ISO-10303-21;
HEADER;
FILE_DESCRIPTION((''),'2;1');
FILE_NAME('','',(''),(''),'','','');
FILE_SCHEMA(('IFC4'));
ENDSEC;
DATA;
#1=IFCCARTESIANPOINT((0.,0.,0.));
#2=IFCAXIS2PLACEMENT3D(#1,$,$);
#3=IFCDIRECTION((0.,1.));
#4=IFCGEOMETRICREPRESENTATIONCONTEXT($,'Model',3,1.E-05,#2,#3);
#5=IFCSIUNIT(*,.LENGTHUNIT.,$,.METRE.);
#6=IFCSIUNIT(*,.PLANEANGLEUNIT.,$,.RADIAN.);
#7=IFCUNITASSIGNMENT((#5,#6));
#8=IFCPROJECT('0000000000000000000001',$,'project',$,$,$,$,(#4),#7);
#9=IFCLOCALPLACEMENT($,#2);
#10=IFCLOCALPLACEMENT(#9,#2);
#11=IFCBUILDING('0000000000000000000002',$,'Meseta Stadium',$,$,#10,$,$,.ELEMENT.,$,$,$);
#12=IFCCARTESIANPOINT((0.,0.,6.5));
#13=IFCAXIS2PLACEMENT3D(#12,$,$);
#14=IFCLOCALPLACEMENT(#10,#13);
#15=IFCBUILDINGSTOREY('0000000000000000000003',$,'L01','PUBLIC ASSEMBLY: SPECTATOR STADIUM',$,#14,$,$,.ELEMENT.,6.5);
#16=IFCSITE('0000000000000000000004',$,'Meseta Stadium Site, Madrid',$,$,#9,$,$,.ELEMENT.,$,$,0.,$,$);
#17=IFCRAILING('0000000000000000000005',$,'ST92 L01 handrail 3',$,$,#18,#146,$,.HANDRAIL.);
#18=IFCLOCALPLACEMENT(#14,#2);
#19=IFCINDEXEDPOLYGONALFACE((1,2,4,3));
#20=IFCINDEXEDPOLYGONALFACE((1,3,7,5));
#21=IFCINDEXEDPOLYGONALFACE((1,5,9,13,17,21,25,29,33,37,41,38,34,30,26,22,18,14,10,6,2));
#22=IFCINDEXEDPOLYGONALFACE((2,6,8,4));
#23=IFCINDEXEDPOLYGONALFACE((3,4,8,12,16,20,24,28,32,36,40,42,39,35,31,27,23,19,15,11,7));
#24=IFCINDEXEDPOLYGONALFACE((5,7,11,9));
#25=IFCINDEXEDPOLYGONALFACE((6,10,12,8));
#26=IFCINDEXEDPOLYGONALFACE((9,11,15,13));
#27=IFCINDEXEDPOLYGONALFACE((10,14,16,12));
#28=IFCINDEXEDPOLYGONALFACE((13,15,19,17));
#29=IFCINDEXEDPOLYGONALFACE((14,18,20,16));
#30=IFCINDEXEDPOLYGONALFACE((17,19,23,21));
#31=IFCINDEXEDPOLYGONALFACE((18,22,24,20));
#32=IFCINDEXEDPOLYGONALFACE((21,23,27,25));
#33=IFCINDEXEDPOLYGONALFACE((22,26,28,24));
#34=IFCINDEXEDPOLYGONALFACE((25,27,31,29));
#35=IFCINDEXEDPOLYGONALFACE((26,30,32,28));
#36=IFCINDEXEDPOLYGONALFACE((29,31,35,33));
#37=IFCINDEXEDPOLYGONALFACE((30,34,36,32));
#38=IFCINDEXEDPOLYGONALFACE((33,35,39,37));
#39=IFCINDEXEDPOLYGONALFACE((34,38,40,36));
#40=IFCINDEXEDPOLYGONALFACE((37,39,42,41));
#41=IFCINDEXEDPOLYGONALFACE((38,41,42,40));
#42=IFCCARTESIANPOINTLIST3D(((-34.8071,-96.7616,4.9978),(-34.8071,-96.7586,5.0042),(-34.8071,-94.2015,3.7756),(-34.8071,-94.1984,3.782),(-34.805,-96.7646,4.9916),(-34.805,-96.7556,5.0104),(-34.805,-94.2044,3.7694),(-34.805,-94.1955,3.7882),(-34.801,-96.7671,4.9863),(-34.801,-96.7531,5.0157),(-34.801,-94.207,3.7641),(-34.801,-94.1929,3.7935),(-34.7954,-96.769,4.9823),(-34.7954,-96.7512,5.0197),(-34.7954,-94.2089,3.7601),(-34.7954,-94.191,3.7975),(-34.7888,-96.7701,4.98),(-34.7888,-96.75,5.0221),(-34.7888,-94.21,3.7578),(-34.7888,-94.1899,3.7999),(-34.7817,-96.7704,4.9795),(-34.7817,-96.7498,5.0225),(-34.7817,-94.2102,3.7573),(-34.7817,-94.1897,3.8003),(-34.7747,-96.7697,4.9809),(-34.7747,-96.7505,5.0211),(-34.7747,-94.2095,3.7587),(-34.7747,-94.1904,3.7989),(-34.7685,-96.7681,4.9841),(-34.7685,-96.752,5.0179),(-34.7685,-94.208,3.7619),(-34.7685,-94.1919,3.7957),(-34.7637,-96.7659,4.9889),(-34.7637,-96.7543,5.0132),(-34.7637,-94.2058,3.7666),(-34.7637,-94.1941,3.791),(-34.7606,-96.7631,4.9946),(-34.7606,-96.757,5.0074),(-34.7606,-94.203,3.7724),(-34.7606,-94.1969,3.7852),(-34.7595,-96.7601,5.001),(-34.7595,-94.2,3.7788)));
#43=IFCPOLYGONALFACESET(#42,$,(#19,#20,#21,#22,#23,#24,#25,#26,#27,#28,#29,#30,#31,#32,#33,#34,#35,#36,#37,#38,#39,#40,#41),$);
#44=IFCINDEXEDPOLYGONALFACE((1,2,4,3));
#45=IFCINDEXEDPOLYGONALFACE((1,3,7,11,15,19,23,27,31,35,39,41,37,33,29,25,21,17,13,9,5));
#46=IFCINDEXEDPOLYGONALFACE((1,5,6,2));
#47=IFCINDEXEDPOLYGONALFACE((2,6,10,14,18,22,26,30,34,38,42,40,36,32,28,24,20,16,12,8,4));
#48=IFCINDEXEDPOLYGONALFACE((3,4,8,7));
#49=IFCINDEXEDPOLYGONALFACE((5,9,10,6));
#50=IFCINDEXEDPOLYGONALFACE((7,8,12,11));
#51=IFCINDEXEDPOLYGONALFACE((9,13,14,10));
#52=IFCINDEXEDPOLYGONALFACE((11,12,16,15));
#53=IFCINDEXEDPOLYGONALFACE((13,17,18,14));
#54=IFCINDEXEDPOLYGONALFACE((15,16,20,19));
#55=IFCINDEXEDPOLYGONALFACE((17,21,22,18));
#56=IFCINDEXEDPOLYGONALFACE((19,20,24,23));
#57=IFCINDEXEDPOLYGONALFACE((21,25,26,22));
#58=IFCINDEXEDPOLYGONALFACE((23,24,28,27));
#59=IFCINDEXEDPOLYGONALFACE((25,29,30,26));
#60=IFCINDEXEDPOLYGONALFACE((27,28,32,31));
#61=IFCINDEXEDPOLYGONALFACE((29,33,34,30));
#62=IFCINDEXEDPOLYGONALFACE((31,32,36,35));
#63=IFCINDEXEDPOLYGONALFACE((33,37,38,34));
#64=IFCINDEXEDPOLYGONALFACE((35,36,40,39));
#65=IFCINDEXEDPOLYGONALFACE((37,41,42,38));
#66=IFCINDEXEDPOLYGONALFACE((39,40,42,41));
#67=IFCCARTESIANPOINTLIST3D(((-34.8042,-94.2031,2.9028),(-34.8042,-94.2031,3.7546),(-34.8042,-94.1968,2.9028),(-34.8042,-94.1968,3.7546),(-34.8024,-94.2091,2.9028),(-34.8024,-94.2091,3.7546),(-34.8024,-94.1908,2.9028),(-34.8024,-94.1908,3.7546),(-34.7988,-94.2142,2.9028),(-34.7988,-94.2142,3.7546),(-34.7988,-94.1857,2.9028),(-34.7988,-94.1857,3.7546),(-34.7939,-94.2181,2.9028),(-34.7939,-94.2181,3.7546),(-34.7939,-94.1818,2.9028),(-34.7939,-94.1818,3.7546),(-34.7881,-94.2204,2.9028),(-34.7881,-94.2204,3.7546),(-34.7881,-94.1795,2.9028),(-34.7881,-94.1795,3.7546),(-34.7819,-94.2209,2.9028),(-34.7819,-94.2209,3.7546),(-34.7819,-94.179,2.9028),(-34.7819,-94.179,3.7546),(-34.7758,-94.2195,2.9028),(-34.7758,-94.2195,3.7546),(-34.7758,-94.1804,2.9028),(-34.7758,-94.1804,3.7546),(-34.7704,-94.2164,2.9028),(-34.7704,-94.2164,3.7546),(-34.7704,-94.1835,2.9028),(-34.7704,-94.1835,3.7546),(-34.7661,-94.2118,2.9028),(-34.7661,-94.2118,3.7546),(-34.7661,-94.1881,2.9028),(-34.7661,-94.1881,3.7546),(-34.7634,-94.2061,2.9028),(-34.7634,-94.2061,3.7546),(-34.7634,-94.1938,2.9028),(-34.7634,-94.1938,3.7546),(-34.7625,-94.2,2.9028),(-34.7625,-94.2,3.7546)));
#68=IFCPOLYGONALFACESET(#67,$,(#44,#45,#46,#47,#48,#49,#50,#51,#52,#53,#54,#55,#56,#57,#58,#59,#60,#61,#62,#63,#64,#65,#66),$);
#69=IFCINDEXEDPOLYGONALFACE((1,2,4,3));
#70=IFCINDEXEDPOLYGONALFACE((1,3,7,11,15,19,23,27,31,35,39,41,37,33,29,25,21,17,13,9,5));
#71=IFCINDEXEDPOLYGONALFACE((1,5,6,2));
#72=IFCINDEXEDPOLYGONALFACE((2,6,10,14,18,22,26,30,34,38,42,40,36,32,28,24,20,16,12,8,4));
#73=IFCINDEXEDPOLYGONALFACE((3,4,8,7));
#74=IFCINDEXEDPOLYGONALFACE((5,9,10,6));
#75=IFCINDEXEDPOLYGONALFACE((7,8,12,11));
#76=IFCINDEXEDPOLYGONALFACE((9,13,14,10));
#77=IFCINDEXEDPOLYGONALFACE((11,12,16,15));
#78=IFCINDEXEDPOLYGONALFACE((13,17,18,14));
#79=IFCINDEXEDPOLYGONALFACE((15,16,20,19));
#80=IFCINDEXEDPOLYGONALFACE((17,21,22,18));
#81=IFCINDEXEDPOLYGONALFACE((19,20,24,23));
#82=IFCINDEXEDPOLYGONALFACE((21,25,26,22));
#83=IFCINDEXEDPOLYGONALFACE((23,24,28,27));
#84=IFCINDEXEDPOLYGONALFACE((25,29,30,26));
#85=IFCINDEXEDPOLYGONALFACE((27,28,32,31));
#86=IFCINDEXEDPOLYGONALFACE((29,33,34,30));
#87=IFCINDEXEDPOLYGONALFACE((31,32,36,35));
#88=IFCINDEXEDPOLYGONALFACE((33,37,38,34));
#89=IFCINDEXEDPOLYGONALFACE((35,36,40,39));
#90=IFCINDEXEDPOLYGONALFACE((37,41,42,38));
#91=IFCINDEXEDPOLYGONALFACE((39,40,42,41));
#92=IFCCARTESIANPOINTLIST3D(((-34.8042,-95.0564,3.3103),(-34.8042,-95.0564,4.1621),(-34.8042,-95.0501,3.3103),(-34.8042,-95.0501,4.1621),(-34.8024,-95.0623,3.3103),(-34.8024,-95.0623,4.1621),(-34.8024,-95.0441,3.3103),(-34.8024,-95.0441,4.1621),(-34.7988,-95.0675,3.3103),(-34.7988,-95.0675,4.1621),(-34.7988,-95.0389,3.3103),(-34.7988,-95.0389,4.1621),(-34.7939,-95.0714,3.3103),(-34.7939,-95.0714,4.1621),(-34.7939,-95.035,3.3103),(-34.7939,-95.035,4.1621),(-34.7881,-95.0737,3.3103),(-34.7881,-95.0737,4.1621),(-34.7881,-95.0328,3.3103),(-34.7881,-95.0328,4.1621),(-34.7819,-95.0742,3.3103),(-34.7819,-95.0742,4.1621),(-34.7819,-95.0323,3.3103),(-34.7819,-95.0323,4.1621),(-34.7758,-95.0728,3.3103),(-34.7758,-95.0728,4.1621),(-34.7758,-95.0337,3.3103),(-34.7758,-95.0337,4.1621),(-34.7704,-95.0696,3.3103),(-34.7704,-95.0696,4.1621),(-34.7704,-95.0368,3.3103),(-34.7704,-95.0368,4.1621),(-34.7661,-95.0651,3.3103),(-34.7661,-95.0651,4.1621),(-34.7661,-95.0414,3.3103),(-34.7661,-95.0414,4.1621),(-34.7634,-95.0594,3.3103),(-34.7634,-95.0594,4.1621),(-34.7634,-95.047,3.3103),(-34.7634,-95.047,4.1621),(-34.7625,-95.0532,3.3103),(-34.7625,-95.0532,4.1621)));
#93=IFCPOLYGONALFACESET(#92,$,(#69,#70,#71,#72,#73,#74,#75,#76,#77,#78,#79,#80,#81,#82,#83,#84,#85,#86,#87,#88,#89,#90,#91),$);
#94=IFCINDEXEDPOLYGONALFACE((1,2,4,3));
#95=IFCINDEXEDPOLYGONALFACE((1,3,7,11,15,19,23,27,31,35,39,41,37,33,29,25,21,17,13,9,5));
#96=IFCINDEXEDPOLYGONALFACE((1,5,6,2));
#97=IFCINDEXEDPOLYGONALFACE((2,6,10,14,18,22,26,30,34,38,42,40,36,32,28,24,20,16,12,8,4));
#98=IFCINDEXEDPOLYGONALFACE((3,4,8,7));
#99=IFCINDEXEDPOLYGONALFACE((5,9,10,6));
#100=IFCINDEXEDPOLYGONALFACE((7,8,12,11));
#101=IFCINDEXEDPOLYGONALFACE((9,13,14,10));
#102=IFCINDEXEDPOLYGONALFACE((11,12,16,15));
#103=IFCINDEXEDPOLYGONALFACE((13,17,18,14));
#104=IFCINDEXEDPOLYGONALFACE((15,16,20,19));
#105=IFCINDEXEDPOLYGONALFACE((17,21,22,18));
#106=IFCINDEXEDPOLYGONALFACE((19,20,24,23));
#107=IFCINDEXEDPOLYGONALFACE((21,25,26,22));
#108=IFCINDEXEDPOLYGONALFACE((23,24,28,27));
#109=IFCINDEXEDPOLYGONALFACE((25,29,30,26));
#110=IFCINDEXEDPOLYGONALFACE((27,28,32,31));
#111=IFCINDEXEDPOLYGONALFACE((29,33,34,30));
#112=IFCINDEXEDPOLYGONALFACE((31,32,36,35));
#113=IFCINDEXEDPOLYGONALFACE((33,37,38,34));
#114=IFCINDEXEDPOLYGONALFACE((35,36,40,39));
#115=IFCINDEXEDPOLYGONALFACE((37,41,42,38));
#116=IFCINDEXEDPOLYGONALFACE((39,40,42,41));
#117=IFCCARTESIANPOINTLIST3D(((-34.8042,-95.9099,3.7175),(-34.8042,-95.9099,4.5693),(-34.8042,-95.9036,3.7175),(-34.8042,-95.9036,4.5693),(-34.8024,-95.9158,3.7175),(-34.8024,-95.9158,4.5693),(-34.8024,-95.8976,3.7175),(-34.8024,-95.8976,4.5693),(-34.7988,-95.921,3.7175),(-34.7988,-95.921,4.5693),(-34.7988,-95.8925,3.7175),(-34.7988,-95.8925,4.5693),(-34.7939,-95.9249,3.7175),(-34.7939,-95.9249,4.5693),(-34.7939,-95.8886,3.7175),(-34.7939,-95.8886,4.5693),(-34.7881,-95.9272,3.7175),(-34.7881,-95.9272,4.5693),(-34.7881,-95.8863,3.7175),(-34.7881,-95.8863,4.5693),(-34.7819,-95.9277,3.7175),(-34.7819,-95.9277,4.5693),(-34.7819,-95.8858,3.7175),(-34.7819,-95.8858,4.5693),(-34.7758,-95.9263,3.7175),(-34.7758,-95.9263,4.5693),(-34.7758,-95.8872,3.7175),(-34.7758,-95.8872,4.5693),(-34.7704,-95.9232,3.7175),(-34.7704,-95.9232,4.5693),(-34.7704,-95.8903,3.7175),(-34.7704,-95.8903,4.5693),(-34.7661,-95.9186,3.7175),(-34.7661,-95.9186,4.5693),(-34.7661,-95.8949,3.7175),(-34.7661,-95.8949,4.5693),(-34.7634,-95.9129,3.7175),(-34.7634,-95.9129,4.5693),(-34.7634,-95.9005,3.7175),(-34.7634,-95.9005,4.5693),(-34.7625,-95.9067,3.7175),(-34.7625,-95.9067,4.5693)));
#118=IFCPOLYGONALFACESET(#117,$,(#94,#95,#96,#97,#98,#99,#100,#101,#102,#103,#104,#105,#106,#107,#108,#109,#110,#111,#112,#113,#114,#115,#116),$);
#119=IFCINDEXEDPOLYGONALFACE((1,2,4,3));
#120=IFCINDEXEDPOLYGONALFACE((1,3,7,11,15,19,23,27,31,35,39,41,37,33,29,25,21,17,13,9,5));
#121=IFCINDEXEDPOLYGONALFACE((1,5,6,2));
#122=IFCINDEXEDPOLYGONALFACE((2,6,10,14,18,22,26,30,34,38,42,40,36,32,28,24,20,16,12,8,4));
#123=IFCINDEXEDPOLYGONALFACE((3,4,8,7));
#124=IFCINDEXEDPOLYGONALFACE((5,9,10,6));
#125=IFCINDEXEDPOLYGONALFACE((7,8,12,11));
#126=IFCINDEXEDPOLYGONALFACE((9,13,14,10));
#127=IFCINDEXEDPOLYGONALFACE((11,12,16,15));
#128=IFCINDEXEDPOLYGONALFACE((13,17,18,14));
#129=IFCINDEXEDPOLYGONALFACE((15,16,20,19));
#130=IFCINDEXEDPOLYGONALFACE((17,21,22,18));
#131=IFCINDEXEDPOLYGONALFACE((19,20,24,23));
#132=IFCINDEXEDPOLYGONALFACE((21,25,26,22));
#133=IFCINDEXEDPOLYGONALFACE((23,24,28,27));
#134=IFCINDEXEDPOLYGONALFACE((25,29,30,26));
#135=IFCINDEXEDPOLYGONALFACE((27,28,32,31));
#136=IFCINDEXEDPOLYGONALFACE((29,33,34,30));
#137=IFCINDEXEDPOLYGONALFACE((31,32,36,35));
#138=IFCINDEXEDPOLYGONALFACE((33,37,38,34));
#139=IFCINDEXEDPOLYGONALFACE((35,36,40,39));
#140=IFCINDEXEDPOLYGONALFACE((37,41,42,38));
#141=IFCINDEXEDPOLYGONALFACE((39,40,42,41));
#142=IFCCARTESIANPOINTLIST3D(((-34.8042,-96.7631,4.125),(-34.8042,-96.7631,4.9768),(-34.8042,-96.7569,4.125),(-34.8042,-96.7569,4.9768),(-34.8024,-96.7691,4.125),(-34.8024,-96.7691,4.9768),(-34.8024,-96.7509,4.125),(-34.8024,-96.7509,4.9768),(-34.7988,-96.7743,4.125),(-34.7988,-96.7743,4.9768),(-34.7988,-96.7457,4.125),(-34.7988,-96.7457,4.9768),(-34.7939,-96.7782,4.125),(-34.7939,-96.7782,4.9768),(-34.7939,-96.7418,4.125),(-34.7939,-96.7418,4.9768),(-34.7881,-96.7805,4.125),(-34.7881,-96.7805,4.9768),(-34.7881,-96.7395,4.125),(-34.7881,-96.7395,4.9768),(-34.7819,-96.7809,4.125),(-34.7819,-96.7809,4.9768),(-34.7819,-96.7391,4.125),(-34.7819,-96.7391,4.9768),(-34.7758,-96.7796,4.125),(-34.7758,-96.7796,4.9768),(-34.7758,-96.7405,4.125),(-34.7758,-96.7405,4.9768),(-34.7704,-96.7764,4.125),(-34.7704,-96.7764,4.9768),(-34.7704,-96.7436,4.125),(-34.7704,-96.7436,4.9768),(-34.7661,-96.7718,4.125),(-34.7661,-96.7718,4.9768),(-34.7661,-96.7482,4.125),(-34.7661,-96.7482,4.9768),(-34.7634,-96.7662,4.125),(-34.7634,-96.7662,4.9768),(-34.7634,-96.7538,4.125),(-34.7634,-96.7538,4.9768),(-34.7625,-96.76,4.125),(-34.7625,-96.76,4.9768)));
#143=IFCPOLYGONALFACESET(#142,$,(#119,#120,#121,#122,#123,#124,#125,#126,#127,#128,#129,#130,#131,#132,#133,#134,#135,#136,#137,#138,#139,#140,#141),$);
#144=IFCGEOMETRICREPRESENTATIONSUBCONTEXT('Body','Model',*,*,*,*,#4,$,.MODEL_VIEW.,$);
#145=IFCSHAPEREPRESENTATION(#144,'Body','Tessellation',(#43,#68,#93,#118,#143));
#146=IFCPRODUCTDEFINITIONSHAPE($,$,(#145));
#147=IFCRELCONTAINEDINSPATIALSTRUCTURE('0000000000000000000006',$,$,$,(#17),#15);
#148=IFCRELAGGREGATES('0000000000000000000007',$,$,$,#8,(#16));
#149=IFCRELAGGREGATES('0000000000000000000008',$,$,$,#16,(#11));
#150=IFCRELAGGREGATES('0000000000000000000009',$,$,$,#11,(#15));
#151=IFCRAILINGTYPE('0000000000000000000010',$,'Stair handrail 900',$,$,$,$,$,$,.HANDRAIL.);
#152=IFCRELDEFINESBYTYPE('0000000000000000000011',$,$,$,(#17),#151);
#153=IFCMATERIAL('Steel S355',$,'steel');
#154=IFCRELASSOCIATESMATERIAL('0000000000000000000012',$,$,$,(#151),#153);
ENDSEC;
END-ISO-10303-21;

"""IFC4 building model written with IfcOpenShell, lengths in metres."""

from ifc_helpers import new_model, si_unit, direction, frame, origin, origin_2d, place, context, subcontext, project, spatial, circle, extrude, material, type_object, element, save


model = new_model("IFC4")

# Units and contexts
model_context = context("Model", 3, precision=1e-05, world=origin(), true_north=direction((0.0, 1.0)))
body_context = subcontext(model_context, "Body", "Model", "MODEL_VIEW")
ifc_project = project(units=[si_unit("LENGTHUNIT", "METRE"), si_unit("PLANEANGLEUNIT", "RADIAN")], contexts=[model_context])

# Site, building, storey
site_placement = place(None, origin())
site = spatial("IfcSite", under=ifc_project, at=site_placement, Name="Meseta Stadium Site, Madrid", CompositionType="ELEMENT", RefElevation=0.0)
building_placement = place(site_placement, origin())
building = spatial("IfcBuilding", under=site, at=building_placement, Name="Meseta Stadium", CompositionType="ELEMENT")
storey_placement = place(building_placement, frame((0.0, 0.0, 6.5)))
storey = spatial("IfcBuildingStorey", under=building, at=storey_placement, Name="L01", Description="PUBLIC ASSEMBLY: SPECTATOR STADIUM", CompositionType="ELEMENT", Elevation=6.5)

# Railing
ifc_material_1 = material(Name="Steel S355", Category="steel")
railing_type_1 = type_object("IfcRailingType", Name="Stair handrail 900", PredefinedType="HANDRAIL", material=ifc_material_1)
railing_1_placement = place(storey_placement, frame((-34.7834, -94.2, 2.9028)))
element("IfcRailing", 1, at=railing_1_placement, inside=storey, type_object=railing_type_1, Name="ST92 L01 handrail 3", PredefinedType="HANDRAIL", context=body_context, shape_type="SweptSolid", body=[
    extrude(circle(Radius=0.0239, at=origin_2d()), frame((0.0, 0.0, 0.876), z_axis=(0.0, -0.902437, 0.430822), x_axis=(1.0, 0.0, 0.0)), (0.0, 0.0, 1.0), 2.8369),
    extrude(circle(Radius=0.021, at=origin_2d()), origin(), (0.0, 0.0, 1.0), 0.8518),
    extrude(circle(Radius=0.021, at=origin_2d()), frame((0.0, -0.8533, 0.4075)), (0.0, 0.0, 1.0), 0.8518),
    extrude(circle(Radius=0.021, at=origin_2d()), frame((0.0, -1.7068, 0.8147)), (0.0, 0.0, 1.0), 0.8518),
    extrude(circle(Radius=0.021, at=origin_2d()), frame((0.0, -2.5601, 1.2222)), (0.0, 0.0, 1.0), 0.8518),
])

save(model, "model.ifc")
